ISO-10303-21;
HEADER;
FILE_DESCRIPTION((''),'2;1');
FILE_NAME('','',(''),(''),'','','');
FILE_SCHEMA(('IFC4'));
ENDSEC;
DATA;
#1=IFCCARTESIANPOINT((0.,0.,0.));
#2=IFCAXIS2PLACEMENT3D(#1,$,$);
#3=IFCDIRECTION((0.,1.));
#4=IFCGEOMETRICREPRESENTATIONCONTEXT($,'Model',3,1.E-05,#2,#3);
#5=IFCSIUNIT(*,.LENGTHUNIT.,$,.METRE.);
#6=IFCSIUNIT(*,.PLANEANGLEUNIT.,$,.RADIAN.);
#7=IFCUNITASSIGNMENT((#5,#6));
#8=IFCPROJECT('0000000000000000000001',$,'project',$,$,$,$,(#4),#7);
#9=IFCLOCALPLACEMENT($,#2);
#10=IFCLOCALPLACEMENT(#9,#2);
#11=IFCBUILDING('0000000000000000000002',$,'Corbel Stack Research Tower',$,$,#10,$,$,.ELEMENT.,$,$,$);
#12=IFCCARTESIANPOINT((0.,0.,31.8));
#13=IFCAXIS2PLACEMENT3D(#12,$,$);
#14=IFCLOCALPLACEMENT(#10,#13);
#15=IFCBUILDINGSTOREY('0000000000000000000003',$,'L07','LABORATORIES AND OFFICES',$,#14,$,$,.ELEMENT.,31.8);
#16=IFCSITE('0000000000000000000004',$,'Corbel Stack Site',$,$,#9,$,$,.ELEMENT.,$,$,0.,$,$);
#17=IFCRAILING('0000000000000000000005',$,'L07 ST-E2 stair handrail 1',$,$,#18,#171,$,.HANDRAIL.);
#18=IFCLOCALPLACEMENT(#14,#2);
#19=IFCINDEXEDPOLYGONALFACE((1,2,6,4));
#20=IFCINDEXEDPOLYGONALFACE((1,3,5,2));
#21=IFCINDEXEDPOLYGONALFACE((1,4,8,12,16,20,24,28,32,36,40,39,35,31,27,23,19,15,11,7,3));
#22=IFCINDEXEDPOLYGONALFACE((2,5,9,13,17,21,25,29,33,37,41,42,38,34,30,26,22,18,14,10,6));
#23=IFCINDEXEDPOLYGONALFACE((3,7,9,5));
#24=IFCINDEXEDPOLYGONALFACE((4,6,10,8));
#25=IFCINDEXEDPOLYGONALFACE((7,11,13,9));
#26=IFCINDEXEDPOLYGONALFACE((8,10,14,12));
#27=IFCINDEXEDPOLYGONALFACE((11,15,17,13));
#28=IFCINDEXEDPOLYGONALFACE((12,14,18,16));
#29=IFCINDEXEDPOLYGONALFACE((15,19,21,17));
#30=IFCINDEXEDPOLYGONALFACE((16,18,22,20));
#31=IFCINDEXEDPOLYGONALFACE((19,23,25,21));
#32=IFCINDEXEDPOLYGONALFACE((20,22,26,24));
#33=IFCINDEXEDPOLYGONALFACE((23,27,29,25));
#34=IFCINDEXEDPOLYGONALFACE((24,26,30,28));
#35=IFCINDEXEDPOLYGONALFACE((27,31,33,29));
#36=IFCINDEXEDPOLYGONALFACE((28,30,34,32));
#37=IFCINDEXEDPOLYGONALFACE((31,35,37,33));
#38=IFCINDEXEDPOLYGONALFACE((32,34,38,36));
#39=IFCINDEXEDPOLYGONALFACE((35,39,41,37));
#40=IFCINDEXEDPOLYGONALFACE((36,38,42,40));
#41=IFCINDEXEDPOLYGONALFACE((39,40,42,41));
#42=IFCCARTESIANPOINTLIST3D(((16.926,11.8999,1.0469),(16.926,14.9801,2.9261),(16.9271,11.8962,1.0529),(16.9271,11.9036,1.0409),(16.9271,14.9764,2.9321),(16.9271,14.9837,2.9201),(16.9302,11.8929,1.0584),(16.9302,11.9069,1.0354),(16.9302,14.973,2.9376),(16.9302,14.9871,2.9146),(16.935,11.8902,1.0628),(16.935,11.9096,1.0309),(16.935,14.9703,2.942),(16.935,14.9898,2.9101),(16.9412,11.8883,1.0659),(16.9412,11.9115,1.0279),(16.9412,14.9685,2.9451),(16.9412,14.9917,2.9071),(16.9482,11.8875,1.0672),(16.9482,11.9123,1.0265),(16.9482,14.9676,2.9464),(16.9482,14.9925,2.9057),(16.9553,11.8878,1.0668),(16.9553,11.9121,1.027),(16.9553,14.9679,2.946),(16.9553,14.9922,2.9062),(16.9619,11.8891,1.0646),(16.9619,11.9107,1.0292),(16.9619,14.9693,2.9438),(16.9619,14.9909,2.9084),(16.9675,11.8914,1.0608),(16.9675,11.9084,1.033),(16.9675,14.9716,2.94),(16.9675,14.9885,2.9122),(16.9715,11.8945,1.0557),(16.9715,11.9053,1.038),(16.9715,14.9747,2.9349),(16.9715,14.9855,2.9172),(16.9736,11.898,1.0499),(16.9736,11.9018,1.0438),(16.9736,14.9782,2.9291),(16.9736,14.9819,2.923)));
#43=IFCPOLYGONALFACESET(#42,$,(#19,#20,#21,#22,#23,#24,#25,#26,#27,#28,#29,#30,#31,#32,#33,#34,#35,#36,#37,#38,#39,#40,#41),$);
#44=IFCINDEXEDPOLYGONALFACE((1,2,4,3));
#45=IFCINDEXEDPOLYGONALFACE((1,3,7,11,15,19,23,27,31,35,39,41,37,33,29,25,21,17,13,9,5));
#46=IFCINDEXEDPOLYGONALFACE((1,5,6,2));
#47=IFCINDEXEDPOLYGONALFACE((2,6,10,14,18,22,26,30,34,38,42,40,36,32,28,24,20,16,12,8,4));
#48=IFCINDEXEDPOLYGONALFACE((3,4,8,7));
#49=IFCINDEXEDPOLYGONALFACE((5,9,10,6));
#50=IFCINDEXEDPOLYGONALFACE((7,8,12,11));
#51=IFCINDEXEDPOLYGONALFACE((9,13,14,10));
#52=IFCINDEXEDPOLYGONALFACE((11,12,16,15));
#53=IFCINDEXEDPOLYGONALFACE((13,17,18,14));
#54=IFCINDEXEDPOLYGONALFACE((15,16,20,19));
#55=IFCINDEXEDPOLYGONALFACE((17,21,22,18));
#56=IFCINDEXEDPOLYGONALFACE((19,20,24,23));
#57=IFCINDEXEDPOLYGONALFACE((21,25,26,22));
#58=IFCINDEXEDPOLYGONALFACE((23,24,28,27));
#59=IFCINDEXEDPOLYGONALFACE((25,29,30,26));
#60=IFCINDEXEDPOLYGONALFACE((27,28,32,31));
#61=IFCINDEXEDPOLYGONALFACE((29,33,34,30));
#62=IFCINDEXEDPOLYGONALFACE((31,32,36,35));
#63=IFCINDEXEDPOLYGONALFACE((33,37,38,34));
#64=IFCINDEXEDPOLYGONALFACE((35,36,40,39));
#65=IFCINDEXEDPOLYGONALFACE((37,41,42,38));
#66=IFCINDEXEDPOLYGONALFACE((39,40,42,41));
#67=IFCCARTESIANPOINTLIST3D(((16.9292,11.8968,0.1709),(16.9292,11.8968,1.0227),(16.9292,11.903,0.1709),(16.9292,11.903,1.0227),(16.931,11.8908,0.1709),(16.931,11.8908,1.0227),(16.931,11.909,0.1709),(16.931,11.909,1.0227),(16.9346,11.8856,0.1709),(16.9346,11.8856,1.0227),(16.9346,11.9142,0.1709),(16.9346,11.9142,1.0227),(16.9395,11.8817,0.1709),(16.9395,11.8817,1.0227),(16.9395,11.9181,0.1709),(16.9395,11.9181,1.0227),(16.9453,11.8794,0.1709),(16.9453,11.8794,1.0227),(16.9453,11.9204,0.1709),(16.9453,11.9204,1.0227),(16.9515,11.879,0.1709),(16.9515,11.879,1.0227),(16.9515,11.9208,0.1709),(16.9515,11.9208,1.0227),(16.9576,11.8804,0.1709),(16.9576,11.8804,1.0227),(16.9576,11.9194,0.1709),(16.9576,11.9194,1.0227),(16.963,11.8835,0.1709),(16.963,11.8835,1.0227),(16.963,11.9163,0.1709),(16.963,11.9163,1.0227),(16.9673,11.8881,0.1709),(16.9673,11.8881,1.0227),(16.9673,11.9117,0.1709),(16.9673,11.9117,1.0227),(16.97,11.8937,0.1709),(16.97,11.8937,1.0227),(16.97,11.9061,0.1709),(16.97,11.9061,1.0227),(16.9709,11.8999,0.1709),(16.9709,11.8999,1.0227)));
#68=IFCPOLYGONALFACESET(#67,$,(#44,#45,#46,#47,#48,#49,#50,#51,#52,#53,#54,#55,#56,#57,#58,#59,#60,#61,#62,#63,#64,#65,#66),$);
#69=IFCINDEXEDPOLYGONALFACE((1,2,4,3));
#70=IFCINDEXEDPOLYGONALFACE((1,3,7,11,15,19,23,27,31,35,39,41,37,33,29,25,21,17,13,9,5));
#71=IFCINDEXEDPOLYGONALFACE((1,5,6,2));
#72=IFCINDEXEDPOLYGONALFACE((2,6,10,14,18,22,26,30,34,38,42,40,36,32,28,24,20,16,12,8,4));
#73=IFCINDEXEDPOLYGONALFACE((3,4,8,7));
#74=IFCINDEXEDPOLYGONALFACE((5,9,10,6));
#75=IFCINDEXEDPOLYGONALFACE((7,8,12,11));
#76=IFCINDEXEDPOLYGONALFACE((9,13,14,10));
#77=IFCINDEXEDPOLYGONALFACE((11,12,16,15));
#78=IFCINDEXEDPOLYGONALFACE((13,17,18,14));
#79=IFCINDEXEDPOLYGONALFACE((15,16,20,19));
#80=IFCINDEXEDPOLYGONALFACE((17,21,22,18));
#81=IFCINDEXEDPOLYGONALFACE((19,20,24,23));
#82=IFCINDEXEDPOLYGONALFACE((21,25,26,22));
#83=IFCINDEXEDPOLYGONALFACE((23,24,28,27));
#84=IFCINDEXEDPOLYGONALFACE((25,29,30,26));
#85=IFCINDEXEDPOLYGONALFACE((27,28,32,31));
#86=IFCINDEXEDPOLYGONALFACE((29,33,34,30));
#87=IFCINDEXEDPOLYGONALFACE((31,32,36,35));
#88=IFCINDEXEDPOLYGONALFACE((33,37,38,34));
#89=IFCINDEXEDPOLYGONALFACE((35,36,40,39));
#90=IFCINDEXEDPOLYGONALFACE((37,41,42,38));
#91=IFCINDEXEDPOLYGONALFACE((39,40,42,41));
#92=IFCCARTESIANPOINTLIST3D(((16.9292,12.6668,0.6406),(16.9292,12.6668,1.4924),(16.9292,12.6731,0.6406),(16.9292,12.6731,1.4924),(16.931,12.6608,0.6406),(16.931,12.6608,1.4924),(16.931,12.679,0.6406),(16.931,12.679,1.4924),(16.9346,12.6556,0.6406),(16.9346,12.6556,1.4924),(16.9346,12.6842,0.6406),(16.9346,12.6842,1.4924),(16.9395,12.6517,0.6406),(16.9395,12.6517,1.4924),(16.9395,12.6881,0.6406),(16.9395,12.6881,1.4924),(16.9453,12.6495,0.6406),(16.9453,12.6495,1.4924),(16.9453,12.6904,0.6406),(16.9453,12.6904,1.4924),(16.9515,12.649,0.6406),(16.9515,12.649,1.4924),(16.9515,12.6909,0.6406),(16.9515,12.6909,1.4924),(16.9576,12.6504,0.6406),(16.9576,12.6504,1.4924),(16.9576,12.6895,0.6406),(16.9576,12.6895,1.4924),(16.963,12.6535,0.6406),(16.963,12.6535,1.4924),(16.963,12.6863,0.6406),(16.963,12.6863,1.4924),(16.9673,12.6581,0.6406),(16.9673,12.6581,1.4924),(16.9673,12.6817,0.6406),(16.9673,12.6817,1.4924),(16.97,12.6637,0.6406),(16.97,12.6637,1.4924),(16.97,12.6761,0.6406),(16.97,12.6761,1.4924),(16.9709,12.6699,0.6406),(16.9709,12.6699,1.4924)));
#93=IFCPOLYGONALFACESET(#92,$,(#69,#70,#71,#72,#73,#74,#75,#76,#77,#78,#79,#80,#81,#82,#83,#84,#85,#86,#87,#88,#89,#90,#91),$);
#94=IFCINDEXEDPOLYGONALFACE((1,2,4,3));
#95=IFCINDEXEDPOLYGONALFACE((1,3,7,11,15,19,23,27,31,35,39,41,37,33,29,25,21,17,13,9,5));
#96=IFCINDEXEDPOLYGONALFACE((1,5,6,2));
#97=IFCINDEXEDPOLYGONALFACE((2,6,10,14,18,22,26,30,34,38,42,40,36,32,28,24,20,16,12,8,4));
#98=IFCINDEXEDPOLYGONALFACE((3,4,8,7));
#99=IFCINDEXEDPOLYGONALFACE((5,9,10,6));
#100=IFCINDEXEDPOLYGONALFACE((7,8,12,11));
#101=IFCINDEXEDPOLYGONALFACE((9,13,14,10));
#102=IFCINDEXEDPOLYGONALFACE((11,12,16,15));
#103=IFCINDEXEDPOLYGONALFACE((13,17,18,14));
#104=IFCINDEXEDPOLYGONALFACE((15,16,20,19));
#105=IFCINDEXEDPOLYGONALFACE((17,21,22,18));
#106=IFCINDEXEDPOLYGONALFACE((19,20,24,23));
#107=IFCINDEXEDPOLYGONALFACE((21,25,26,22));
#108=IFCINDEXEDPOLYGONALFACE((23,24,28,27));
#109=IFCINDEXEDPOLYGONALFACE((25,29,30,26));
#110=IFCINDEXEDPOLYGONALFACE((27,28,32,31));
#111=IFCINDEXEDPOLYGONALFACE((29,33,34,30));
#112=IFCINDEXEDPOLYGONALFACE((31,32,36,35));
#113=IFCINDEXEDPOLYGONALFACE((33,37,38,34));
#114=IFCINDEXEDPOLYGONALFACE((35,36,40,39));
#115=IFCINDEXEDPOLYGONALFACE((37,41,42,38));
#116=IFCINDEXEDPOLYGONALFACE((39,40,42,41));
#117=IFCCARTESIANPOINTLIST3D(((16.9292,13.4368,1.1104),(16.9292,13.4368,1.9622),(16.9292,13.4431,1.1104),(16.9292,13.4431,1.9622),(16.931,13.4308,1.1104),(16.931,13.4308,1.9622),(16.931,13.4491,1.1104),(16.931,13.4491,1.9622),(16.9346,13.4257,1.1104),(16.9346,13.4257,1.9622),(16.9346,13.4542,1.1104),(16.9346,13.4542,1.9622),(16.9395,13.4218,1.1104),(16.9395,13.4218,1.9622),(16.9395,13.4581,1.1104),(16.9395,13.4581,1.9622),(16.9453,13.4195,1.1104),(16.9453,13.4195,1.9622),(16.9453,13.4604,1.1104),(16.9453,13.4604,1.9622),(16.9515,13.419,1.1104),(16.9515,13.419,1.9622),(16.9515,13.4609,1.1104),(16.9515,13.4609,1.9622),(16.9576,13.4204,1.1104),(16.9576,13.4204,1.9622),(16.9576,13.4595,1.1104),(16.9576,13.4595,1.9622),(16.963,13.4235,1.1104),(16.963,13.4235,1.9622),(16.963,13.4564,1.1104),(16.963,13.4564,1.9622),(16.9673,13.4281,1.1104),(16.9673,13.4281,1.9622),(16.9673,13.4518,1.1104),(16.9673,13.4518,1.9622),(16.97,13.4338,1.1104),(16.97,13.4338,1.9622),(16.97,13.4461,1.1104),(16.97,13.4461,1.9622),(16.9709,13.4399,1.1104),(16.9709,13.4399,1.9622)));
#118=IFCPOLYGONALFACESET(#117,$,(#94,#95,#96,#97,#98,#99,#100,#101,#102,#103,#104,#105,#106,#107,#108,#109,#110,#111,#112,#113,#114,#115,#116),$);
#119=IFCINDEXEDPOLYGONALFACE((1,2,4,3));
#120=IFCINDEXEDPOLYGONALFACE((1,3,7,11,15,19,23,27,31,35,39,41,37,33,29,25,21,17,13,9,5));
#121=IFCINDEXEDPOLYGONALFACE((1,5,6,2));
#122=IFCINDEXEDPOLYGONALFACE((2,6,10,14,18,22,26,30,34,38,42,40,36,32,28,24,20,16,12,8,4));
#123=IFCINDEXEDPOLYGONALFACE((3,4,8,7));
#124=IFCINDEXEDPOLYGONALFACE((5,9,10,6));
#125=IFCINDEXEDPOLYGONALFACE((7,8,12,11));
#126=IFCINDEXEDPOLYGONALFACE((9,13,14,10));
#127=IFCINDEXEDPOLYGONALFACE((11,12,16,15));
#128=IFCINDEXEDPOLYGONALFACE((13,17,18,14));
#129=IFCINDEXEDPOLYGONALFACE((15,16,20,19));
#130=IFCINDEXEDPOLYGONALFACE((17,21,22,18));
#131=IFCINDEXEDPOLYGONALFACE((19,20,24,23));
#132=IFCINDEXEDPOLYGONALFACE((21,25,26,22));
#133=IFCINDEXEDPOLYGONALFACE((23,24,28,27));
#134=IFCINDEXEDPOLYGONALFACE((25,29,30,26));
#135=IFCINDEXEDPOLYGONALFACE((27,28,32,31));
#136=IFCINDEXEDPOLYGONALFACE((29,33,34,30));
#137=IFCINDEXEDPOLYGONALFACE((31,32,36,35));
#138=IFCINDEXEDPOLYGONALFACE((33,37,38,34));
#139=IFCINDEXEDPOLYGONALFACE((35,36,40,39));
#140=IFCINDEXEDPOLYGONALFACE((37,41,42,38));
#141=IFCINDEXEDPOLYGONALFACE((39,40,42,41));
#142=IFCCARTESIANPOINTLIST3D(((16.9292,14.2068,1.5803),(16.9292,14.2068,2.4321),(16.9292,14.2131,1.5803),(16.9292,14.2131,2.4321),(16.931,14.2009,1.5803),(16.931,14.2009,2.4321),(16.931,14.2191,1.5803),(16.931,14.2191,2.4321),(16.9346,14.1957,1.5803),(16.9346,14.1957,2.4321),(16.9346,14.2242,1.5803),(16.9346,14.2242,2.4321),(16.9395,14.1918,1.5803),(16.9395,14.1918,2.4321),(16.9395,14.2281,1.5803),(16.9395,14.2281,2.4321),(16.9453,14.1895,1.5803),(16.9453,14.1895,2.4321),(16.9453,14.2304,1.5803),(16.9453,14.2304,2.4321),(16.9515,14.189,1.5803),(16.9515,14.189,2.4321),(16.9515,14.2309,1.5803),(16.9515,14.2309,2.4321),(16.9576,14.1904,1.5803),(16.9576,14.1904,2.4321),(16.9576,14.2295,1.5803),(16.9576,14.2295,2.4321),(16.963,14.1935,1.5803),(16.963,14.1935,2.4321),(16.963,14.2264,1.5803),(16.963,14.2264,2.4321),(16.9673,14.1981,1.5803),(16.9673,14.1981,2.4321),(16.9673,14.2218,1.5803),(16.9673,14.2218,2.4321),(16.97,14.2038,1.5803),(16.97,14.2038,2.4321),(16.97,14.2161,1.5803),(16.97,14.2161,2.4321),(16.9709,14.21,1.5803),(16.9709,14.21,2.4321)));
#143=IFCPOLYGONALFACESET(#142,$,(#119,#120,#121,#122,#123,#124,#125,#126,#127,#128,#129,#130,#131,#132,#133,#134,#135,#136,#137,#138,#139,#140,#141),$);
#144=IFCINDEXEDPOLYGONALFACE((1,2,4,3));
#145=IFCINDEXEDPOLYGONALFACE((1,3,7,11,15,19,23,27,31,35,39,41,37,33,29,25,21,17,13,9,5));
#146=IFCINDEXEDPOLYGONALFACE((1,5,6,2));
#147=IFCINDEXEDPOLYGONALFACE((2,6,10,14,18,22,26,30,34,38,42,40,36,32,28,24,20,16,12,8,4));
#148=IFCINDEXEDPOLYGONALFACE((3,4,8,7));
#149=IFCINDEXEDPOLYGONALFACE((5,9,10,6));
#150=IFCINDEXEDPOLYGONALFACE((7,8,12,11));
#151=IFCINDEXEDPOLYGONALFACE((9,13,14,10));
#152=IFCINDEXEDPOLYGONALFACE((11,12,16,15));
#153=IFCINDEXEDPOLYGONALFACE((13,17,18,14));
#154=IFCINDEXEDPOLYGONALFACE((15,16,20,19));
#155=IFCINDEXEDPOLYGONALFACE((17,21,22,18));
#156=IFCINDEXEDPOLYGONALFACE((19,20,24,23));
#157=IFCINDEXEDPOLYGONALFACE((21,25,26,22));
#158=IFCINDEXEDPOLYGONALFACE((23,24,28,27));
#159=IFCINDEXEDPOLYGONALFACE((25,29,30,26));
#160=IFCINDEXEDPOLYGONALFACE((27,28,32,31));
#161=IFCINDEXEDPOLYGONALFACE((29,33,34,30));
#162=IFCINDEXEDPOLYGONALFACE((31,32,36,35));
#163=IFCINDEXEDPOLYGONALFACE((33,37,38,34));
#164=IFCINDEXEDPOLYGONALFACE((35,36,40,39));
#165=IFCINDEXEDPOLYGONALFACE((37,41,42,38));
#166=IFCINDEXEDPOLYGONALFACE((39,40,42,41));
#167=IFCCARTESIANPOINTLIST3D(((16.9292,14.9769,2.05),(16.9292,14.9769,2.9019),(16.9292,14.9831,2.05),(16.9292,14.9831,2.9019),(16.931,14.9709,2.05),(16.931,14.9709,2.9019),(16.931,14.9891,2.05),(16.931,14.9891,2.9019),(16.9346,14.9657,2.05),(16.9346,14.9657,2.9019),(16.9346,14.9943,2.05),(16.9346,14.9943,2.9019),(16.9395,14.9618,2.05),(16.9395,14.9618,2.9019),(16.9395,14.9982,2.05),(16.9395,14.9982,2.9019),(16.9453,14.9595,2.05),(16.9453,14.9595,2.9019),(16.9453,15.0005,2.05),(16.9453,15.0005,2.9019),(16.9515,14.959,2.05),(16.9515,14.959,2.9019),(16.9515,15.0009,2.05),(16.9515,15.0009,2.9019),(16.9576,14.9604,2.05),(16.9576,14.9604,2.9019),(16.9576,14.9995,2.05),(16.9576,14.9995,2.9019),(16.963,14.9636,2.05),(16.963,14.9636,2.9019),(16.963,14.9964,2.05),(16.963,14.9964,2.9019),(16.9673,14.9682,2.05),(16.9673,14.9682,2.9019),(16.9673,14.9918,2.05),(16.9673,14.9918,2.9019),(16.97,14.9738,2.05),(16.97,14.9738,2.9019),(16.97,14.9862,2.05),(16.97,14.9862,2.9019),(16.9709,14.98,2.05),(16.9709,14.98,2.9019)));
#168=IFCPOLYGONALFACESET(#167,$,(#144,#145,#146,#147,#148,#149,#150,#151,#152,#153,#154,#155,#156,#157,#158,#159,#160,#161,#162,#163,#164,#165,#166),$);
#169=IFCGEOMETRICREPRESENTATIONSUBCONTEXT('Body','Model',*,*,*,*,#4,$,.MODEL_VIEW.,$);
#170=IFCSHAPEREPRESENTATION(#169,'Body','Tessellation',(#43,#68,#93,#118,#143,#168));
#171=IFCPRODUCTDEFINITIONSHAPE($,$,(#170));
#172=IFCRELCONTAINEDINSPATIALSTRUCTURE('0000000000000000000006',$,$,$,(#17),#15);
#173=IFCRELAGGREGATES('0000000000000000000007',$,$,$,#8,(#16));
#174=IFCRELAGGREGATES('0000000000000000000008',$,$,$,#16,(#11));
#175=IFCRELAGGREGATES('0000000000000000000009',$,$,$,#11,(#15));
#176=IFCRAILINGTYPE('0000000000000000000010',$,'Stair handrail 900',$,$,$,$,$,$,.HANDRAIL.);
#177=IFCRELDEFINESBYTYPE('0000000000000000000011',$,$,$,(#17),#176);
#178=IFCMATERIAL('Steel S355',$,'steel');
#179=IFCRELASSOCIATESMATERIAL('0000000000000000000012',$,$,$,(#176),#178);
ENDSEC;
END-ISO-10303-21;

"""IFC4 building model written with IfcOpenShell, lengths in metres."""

from ifc_helpers import new_model, si_unit, direction, frame, origin, origin_2d, place, context, subcontext, project, spatial, circle, extrude, material, type_object, element, save


model = new_model("IFC4")

# Units and contexts
model_context = context("Model", 3, precision=1e-05, world=origin(), true_north=direction((0.0, 1.0)))
body_context = subcontext(model_context, "Body", "Model", "MODEL_VIEW")
ifc_project = project(units=[si_unit("LENGTHUNIT", "METRE"), si_unit("PLANEANGLEUNIT", "RADIAN")], contexts=[model_context])

# Site, building, storey
site_placement = place(None, origin())
site = spatial("IfcSite", under=ifc_project, at=site_placement, Name="Corbel Stack Site", CompositionType="ELEMENT", RefElevation=0.0)
building_placement = place(site_placement, origin())
building = spatial("IfcBuilding", under=site, at=building_placement, Name="Corbel Stack Research Tower", CompositionType="ELEMENT")
storey_placement = place(building_placement, frame((0.0, 0.0, 31.8)))
storey = spatial("IfcBuildingStorey", under=building, at=storey_placement, Name="L07", Description="LABORATORIES AND OFFICES", CompositionType="ELEMENT", Elevation=31.8)

# Railing
ifc_material_1 = material(Name="Steel S355", Category="steel")
railing_type_1 = type_object("IfcRailingType", Name="Stair handrail 900", PredefinedType="HANDRAIL", material=ifc_material_1)
railing_1_placement = place(storey_placement, frame((16.95, 11.8999, 0.1709)))
element("IfcRailing", 1, at=railing_1_placement, inside=storey, type_object=railing_type_1, Name="L07 ST-E2 stair handrail 1", PredefinedType="HANDRAIL", context=body_context, shape_type="SweptSolid", body=[
    extrude(circle(Radius=0.0239, at=origin_2d()), frame((0.0, 0.0, 0.876), z_axis=(0.0, 0.853666, 0.52082), x_axis=(-1.0, 0.0, 0.0)), (0.0, 0.0, 1.0), 3.6082),
    extrude(circle(Radius=0.021, at=origin_2d()), origin(), (0.0, 0.0, 1.0), 0.8518),
    extrude(circle(Radius=0.021, at=origin_2d()), frame((0.0, 0.77, 0.4697)), (0.0, 0.0, 1.0), 0.8518),
    extrude(circle(Radius=0.021, at=origin_2d()), frame((0.0, 1.54, 0.9395)), (0.0, 0.0, 1.0), 0.8518),
    extrude(circle(Radius=0.021, at=origin_2d()), frame((0.0, 2.3101, 1.4094)), (0.0, 0.0, 1.0), 0.8518),
    extrude(circle(Radius=0.021, at=origin_2d()), frame((0.0, 3.0801, 1.8792)), (0.0, 0.0, 1.0), 0.8518),
])

save(model, "model.ifc")
